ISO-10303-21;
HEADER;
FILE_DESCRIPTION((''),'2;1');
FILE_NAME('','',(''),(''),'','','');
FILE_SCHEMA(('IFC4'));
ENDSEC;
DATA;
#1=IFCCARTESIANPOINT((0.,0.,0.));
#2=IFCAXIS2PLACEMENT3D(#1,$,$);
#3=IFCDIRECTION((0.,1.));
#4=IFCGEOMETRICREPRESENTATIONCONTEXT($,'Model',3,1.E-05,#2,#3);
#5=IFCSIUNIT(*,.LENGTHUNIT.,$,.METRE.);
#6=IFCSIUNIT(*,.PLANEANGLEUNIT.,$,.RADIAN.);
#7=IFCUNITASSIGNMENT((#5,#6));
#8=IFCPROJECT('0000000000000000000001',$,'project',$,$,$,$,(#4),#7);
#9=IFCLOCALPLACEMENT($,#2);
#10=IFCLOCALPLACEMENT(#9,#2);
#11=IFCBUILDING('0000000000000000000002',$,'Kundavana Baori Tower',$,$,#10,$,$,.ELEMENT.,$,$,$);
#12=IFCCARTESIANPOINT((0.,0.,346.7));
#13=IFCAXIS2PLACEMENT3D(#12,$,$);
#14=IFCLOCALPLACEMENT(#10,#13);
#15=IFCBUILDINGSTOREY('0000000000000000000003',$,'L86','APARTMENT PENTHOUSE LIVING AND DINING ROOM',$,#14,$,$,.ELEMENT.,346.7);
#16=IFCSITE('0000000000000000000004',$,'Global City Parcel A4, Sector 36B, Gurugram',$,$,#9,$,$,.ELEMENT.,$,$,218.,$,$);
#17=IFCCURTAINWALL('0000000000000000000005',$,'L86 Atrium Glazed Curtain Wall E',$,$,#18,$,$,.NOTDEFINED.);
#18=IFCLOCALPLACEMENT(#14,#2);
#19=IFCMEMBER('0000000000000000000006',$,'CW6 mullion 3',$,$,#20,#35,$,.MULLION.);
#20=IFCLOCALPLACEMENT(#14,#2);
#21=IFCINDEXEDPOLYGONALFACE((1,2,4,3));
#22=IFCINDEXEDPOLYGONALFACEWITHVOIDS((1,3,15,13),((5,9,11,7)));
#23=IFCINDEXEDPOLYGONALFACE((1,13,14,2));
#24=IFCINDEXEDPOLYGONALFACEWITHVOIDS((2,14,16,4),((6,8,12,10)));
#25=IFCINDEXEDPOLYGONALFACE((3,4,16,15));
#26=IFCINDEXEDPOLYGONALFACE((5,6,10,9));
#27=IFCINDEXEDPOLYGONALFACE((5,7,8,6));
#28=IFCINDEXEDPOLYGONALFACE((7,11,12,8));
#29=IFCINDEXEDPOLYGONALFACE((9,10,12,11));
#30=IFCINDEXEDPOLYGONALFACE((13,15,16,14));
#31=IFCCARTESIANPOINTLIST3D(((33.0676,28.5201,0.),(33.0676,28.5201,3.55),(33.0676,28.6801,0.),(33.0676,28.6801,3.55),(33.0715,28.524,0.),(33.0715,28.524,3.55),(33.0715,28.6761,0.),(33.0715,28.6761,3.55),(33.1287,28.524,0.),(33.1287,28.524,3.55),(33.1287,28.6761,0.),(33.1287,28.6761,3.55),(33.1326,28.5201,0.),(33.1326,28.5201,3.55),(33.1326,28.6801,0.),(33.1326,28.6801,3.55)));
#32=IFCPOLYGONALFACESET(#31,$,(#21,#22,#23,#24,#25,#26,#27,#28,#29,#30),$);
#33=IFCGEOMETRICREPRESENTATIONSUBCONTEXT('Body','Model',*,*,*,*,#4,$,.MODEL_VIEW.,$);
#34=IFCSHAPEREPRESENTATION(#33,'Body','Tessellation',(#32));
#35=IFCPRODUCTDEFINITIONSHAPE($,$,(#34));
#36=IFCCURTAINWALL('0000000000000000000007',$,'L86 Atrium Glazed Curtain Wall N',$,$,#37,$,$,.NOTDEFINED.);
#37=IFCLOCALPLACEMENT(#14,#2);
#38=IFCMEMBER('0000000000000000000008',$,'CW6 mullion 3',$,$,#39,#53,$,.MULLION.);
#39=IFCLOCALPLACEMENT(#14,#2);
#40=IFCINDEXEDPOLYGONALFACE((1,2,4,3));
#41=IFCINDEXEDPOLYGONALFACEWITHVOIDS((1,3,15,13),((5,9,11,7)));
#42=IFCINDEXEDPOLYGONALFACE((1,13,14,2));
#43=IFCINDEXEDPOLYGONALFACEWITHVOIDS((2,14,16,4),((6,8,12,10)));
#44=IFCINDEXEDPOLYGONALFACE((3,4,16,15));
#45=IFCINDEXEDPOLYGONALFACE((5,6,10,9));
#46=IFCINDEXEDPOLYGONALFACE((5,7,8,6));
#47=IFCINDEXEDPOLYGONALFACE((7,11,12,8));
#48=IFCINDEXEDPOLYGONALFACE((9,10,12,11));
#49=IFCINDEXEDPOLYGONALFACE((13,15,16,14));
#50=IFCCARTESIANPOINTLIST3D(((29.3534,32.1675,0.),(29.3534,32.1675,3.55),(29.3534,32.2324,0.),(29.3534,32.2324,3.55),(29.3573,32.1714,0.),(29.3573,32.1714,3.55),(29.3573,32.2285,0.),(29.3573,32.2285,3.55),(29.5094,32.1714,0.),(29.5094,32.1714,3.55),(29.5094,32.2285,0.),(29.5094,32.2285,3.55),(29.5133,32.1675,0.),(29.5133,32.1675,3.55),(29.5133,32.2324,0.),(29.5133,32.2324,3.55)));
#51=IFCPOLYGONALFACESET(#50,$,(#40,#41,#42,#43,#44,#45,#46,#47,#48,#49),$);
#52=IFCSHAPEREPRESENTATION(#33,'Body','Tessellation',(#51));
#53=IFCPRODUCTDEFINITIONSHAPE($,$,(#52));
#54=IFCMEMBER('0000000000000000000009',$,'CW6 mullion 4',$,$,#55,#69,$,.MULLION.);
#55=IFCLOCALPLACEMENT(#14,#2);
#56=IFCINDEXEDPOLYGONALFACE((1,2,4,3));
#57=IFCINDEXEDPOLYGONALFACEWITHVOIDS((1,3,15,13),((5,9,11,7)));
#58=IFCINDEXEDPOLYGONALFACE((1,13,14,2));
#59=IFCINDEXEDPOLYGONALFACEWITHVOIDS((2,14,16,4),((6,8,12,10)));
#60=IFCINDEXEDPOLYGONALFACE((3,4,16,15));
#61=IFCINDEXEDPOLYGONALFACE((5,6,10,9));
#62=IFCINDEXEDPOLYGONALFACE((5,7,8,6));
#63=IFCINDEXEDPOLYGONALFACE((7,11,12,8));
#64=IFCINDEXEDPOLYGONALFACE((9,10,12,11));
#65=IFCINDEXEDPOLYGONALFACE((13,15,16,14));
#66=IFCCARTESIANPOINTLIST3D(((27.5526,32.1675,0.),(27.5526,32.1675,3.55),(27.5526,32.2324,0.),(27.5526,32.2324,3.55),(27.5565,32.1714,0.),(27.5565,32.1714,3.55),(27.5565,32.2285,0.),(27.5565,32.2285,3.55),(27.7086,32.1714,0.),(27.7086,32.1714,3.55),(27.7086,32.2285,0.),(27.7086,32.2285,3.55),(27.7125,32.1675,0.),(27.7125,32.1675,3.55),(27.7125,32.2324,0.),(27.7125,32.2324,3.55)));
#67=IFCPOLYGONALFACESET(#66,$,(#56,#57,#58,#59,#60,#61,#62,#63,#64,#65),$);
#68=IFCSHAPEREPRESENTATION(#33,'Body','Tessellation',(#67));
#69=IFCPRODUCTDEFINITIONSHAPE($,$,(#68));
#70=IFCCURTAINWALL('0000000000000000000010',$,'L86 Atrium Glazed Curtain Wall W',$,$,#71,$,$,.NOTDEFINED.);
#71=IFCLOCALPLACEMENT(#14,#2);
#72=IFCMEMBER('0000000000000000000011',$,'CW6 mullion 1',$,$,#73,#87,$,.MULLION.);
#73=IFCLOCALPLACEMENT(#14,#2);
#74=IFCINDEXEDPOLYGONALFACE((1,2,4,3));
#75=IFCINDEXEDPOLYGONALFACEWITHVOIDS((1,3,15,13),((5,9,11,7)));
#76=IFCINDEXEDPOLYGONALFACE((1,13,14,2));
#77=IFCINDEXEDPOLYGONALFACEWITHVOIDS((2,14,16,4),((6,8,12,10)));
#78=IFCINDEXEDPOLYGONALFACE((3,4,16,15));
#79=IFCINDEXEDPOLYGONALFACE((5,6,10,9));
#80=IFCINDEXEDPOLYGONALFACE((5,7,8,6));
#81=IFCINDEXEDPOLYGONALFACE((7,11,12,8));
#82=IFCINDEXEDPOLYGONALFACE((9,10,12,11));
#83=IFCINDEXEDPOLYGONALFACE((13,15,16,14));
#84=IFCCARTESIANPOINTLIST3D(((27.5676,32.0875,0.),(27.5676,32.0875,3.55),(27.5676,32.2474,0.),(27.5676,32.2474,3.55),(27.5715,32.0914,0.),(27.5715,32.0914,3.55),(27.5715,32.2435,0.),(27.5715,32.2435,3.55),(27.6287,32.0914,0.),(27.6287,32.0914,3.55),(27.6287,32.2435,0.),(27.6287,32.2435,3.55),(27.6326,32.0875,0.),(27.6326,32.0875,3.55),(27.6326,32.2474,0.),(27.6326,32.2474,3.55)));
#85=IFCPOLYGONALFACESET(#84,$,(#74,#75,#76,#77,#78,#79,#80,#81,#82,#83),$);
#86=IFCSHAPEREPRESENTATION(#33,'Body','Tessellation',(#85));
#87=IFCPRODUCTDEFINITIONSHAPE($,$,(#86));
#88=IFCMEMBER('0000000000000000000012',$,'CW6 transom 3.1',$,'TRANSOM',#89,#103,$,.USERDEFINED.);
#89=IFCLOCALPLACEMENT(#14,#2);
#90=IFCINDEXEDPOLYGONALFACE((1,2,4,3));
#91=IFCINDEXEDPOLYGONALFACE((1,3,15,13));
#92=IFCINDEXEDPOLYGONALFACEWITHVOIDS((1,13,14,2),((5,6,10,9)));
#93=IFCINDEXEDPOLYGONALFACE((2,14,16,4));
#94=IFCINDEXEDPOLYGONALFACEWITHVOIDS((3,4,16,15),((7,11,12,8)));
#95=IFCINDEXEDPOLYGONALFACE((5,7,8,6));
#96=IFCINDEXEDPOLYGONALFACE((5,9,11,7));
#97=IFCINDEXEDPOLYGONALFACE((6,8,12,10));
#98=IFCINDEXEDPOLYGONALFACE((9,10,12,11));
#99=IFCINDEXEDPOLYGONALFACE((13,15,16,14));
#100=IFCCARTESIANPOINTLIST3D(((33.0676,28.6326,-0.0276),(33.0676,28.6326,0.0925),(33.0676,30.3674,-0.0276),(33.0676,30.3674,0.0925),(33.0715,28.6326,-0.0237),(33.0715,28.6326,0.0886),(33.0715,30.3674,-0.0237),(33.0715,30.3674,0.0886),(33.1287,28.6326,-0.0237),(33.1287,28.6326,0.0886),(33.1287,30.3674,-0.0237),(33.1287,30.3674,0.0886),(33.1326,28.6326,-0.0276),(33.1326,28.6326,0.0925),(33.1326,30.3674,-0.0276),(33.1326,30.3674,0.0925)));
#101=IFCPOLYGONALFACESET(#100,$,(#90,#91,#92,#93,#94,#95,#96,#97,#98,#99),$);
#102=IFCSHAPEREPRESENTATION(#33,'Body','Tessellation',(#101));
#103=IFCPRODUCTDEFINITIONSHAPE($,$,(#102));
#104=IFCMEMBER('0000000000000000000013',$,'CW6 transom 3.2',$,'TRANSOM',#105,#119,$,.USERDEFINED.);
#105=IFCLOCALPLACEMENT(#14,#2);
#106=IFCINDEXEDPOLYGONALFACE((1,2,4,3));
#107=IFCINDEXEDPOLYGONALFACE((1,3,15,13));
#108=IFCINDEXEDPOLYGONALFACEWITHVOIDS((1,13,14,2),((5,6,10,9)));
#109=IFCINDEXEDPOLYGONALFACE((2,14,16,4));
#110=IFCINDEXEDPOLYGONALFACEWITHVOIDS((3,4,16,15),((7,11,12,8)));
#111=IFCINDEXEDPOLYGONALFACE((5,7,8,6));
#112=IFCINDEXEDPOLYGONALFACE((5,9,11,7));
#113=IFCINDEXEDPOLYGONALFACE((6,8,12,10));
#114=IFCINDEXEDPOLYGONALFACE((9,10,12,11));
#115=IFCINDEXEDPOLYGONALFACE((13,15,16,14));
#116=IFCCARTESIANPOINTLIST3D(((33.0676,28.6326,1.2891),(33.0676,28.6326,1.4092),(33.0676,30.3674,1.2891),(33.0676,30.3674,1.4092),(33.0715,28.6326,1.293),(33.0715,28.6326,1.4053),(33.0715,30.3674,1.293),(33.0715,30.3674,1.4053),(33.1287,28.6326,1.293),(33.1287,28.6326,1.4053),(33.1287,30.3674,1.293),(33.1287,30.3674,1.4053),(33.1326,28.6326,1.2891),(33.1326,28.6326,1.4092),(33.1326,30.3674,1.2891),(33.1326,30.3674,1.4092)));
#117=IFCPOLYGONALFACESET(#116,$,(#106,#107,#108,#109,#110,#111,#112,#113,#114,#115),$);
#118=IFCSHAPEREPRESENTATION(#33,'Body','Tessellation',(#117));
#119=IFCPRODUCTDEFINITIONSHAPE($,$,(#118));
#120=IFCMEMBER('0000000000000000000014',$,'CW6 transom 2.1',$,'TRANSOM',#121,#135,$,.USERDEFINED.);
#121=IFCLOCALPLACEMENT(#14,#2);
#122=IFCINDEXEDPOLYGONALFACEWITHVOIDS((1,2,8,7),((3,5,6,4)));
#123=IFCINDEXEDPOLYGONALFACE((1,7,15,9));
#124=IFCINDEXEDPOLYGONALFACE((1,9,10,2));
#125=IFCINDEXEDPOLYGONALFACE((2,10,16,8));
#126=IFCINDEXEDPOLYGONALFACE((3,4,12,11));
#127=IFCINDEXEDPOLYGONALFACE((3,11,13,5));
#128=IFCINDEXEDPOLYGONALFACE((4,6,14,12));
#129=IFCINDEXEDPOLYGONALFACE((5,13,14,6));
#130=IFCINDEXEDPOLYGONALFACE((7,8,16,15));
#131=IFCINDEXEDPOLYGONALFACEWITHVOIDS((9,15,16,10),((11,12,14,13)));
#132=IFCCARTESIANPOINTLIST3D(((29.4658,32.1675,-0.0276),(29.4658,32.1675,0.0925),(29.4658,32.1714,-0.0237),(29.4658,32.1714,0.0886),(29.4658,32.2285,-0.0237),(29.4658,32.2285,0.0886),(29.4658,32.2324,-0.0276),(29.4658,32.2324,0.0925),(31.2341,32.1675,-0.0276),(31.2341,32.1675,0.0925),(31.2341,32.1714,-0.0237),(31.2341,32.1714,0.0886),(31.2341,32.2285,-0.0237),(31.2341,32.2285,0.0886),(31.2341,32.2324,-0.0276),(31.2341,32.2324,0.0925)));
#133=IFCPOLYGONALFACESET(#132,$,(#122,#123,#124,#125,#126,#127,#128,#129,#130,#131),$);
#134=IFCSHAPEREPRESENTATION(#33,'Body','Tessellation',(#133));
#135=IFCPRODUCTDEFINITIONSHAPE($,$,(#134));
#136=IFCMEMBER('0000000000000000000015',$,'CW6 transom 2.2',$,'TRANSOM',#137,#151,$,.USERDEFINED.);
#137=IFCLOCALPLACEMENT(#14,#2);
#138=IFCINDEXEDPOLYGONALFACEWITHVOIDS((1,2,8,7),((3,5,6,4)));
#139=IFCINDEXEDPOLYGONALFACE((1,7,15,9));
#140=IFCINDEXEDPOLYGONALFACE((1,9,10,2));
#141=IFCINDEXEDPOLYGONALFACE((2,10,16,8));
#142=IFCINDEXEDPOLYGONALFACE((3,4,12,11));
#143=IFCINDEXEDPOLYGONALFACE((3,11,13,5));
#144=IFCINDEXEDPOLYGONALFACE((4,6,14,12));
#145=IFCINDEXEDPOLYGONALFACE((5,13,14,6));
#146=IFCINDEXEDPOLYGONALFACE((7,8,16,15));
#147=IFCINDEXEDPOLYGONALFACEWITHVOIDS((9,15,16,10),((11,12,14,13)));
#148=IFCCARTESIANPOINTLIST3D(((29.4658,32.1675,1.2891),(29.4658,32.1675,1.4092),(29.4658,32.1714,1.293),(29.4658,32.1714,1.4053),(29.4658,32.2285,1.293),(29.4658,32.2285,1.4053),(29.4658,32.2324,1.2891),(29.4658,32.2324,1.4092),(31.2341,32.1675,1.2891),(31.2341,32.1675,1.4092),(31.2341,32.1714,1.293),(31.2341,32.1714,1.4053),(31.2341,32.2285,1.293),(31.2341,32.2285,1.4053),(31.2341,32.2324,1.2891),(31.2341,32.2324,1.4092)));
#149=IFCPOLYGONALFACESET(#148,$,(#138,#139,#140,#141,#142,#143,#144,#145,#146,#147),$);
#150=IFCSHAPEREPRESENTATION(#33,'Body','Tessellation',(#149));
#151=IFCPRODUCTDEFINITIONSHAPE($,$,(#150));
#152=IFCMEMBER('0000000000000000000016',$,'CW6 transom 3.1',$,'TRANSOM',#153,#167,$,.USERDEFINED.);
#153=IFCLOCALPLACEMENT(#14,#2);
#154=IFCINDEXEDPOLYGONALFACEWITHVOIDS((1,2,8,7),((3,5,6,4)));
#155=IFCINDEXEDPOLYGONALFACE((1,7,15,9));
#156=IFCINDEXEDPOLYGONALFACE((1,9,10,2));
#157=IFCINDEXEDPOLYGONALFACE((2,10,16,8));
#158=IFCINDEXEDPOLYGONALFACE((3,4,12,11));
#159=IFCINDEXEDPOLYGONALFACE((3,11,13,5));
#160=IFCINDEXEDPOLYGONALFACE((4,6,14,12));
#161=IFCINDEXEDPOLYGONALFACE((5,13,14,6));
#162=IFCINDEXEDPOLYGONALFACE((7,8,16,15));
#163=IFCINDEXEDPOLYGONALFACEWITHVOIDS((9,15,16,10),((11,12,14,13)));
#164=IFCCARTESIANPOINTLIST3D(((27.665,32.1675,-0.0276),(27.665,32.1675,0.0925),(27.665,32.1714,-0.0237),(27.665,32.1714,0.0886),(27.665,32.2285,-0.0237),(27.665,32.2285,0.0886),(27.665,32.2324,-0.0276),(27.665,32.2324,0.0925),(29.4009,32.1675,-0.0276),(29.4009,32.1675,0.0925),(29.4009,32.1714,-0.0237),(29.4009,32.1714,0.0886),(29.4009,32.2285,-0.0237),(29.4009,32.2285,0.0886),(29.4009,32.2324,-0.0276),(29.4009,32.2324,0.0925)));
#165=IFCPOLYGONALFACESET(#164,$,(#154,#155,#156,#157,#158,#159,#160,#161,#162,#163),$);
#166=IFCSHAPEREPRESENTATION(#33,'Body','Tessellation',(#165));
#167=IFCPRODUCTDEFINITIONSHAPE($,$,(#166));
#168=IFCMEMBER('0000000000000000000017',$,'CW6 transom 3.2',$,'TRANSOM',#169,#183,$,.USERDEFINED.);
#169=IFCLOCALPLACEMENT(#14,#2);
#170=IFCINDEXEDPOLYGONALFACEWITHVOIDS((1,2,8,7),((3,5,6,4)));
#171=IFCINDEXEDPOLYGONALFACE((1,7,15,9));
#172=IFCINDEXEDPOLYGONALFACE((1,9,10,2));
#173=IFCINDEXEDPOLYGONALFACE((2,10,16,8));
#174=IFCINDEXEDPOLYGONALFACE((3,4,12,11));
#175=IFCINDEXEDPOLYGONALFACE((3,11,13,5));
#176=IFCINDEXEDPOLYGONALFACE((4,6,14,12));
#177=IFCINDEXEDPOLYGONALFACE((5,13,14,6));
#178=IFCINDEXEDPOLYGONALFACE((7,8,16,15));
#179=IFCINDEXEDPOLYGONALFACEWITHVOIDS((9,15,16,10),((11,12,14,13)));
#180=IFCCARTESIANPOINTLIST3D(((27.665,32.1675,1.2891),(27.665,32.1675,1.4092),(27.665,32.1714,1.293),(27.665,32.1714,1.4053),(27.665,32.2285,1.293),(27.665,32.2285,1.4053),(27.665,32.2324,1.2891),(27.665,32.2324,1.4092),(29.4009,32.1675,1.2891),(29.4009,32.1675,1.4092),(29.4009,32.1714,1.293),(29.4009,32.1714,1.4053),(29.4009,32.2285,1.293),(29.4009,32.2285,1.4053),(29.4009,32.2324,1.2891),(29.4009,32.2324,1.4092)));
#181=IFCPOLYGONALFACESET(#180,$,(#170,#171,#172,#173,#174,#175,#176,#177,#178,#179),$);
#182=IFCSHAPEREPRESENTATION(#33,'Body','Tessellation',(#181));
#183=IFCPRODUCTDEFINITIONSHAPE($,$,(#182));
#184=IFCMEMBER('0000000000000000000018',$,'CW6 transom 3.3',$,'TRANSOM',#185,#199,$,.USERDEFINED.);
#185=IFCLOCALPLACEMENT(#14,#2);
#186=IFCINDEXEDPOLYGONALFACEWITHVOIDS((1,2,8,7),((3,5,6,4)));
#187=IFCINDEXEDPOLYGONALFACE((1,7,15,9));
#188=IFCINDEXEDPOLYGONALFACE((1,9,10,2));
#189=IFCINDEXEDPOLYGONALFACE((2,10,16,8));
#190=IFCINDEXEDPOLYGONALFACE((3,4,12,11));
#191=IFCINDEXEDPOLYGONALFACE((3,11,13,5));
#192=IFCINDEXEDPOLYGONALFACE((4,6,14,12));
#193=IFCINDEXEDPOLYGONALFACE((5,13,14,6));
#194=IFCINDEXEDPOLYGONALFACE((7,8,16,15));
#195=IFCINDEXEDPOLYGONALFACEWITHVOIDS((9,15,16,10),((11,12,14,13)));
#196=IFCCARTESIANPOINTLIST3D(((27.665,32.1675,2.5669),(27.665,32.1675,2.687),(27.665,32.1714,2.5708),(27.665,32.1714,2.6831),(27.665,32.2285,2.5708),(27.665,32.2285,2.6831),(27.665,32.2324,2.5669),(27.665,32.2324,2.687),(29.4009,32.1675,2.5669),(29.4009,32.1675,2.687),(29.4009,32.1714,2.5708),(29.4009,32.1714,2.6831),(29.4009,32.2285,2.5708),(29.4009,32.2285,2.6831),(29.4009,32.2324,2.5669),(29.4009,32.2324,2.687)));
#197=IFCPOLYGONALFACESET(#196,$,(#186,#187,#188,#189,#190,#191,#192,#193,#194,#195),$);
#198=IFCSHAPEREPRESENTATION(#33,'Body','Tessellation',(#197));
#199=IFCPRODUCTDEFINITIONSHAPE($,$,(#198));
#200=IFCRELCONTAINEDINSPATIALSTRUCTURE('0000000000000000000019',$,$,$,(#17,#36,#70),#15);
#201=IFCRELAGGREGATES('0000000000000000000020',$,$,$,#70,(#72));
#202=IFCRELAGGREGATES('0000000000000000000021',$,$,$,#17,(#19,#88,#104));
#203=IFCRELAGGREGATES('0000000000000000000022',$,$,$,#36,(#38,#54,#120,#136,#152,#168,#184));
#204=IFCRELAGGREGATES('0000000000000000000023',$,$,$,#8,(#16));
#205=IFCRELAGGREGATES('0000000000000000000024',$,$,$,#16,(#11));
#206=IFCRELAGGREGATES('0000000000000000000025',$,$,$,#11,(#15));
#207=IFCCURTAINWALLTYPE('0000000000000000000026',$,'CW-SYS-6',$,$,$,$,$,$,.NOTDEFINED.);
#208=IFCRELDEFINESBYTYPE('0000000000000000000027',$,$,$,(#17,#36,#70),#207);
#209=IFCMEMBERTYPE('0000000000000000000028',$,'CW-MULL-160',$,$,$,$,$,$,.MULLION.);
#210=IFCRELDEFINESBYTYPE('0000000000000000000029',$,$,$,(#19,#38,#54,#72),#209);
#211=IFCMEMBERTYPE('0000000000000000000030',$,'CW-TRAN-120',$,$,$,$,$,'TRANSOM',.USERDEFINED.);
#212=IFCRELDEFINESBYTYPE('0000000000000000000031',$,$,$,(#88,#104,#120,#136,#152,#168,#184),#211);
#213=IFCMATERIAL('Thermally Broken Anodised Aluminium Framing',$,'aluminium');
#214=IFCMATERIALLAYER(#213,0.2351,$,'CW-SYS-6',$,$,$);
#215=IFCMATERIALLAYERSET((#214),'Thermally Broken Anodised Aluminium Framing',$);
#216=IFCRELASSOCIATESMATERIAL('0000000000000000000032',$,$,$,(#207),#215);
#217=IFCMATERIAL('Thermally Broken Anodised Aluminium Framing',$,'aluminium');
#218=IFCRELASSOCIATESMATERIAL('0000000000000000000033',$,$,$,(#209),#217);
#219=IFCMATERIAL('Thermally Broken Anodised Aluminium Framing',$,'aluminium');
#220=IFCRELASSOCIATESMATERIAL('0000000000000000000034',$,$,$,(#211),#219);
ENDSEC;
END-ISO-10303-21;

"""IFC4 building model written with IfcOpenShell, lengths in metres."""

from ifc_helpers import new_model, si_unit, direction, frame, origin, origin_2d, place, context, subcontext, project, spatial, hollow_rectangle, extrude, material, layer, layer_set, material_profile, profile_set, type_object, element, aggregate, save


model = new_model("IFC4")

# Units and contexts
model_context = context("Model", 3, precision=1e-05, world=origin(), true_north=direction((0.0, 1.0)))
body_context = subcontext(model_context, "Body", "Model", "MODEL_VIEW")
ifc_project = project(units=[si_unit("LENGTHUNIT", "METRE"), si_unit("PLANEANGLEUNIT", "RADIAN")], contexts=[model_context])

# Site, building, storey
site_placement = place(None, origin())
site = spatial("IfcSite", under=ifc_project, at=site_placement, Name="Global City Parcel A4, Sector 36B, Gurugram", CompositionType="ELEMENT", RefElevation=218.0)
building_placement = place(site_placement, origin())
building = spatial("IfcBuilding", under=site, at=building_placement, Name="Kundavana Baori Tower", CompositionType="ELEMENT")
storey_placement = place(building_placement, frame((0.0, 0.0, 346.7)))
storey = spatial("IfcBuildingStorey", under=building, at=storey_placement, Name="L86", Description="APARTMENT PENTHOUSE LIVING AND DINING ROOM", CompositionType="ELEMENT", Elevation=346.7)

# Curtain wall, member
ifc_material_1 = material(Name="Thermally Broken Anodised Aluminium Framing", Category="aluminium")
ifc_layer_1 = layer(ifc_material_1, 0.2351, Name="CW-SYS-6")
ifc_layer_set_1 = layer_set([ifc_layer_1], Name="Thermally Broken Anodised Aluminium Framing")
curtain_wall_type = type_object("IfcCurtainWallType", Name="CW-SYS-6", PredefinedType="NOTDEFINED", material=ifc_layer_set_1)
curtain_wall_1_placement = place(storey_placement, origin())
curtain_wall_1 = element("IfcCurtainWall", 1, at=curtain_wall_1_placement, inside=storey, type_object=curtain_wall_type, Name="L86 Atrium Glazed Curtain Wall E", PredefinedType="NOTDEFINED")
ifc_material_2 = material(Name="Thermally Broken Anodised Aluminium Framing", Category="aluminium")
ifc_material_profile_1 = material_profile(ifc_material_2, hollow_rectangle(XDim=0.0649, YDim=0.1599, WallThickness=0.0039, at=origin_2d()), Name="CW-MULL-160")
ifc_profile_set_1 = profile_set([ifc_material_profile_1], Name="Thermally Broken Anodised Aluminium Framing")
member_type_1 = type_object("IfcMemberType", Name="CW-MULL-160", PredefinedType="MULLION", material=ifc_profile_set_1)
member_1_placement = place(storey_placement, frame((33.1001, 28.6001, 0.0), z_axis=(0.0, 0.0, 1.0), x_axis=(-1.0, 0.0, 0.0)))
member_1 = element("IfcMember", 2, at=member_1_placement, type_object=member_type_1, Name="CW6 mullion 3", PredefinedType="MULLION", context=body_context, shape_type="SweptSolid", body=[
    extrude(hollow_rectangle(XDim=0.0649, YDim=0.1599, WallThickness=0.0039, at=origin_2d()), origin(), (0.0, 0.0, 1.0), 3.55),
])

# Curtain wall, members
curtain_wall_2_placement = place(storey_placement, origin())
curtain_wall_2 = element("IfcCurtainWall", 3, at=curtain_wall_2_placement, inside=storey, type_object=curtain_wall_type, Name="L86 Atrium Glazed Curtain Wall N", PredefinedType="NOTDEFINED")
member_2_placement = place(storey_placement, frame((29.4333, 32.2, 0.0), z_axis=(0.0, 0.0, 1.0), x_axis=(0.0, -1.0, 0.0)))
member_2 = element("IfcMember", 4, at=member_2_placement, type_object=member_type_1, Name="CW6 mullion 3", PredefinedType="MULLION", context=body_context, shape_type="SweptSolid", body=[
    extrude(hollow_rectangle(XDim=0.0649, YDim=0.1599, WallThickness=0.0039, at=origin_2d()), origin(), (0.0, 0.0, 1.0), 3.55),
])
member_3_placement = place(storey_placement, frame((27.6326, 32.2, 0.0), z_axis=(0.0, 0.0, 1.0), x_axis=(0.0, -1.0, 0.0)))
member_3 = element("IfcMember", 5, at=member_3_placement, type_object=member_type_1, Name="CW6 mullion 4", PredefinedType="MULLION", context=body_context, shape_type="SweptSolid", body=[
    extrude(hollow_rectangle(XDim=0.0649, YDim=0.1599, WallThickness=0.0039, at=origin_2d()), origin(), (0.0, 0.0, 1.0), 3.55),
])

# Curtain wall, member
curtain_wall_3_placement = place(storey_placement, origin())
curtain_wall_3 = element("IfcCurtainWall", 6, at=curtain_wall_3_placement, inside=storey, type_object=curtain_wall_type, Name="L86 Atrium Glazed Curtain Wall W", PredefinedType="NOTDEFINED")
member_4_placement = place(storey_placement, frame((27.6001, 32.1675, 0.0), z_axis=(0.0, 0.0, 1.0), x_axis=(1.0, 0.0, 0.0)))
member_4 = element("IfcMember", 7, at=member_4_placement, type_object=member_type_1, Name="CW6 mullion 1", PredefinedType="MULLION", context=body_context, shape_type="SweptSolid", body=[
    extrude(hollow_rectangle(XDim=0.0649, YDim=0.1599, WallThickness=0.0039, at=origin_2d()), origin(), (0.0, 0.0, 1.0), 3.55),
])

# Members
ifc_material_3 = material(Name="Thermally Broken Anodised Aluminium Framing", Category="aluminium")
ifc_material_profile_2 = material_profile(ifc_material_3, hollow_rectangle(XDim=0.0649, YDim=0.1201, WallThickness=0.0039, at=origin_2d()), Name="CW-TRAN-120")
ifc_profile_set_2 = profile_set([ifc_material_profile_2], Name="Thermally Broken Anodised Aluminium Framing")
member_type_2 = type_object("IfcMemberType", Name="CW-TRAN-120", ElementType="TRANSOM", PredefinedType="USERDEFINED", material=ifc_profile_set_2)
member_5_placement = place(storey_placement, frame((33.1001, 28.6326, 0.0325), z_axis=(0.0, 1.0, 0.0), x_axis=(-1.0, 0.0, 0.0)))
member_5 = element("IfcMember", 8, at=member_5_placement, type_object=member_type_2, Name="CW6 transom 3.1", ObjectType="TRANSOM", PredefinedType="USERDEFINED", context=body_context, shape_type="SweptSolid", body=[
    extrude(hollow_rectangle(XDim=0.0649, YDim=0.1201, WallThickness=0.0039, at=origin_2d()), origin(), (0.0, 0.0, 1.0), 1.7349),
])
member_6_placement = place(storey_placement, frame((33.1001, 28.6326, 1.3491), z_axis=(0.0, 1.0, 0.0), x_axis=(-1.0, 0.0, 0.0)))
member_6 = element("IfcMember", 9, at=member_6_placement, type_object=member_type_2, Name="CW6 transom 3.2", ObjectType="TRANSOM", PredefinedType="USERDEFINED", context=body_context, shape_type="SweptSolid", body=[
    extrude(hollow_rectangle(XDim=0.0649, YDim=0.1201, WallThickness=0.0039, at=origin_2d()), origin(), (0.0, 0.0, 1.0), 1.7349),
])
member_7_placement = place(storey_placement, frame((31.2341, 32.2, 0.0325), z_axis=(-1.0, 0.0, 0.0), x_axis=(0.0, -1.0, 0.0)))
member_7 = element("IfcMember", 10, at=member_7_placement, type_object=member_type_2, Name="CW6 transom 2.1", ObjectType="TRANSOM", PredefinedType="USERDEFINED", context=body_context, shape_type="SweptSolid", body=[
    extrude(hollow_rectangle(XDim=0.0649, YDim=0.1201, WallThickness=0.0039, at=origin_2d()), origin(), (0.0, 0.0, 1.0), 1.7683),
])
member_8_placement = place(storey_placement, frame((31.2341, 32.2, 1.3491), z_axis=(-1.0, 0.0, 0.0), x_axis=(0.0, -1.0, 0.0)))
member_8 = element("IfcMember", 11, at=member_8_placement, type_object=member_type_2, Name="CW6 transom 2.2", ObjectType="TRANSOM", PredefinedType="USERDEFINED", context=body_context, shape_type="SweptSolid", body=[
    extrude(hollow_rectangle(XDim=0.0649, YDim=0.1201, WallThickness=0.0039, at=origin_2d()), origin(), (0.0, 0.0, 1.0), 1.7683),
])
member_9_placement = place(storey_placement, frame((29.4009, 32.2, 0.0325), z_axis=(-1.0, 0.0, 0.0), x_axis=(0.0, -1.0, 0.0)))
member_9 = element("IfcMember", 12, at=member_9_placement, type_object=member_type_2, Name="CW6 transom 3.1", ObjectType="TRANSOM", PredefinedType="USERDEFINED", context=body_context, shape_type="SweptSolid", body=[
    extrude(hollow_rectangle(XDim=0.0649, YDim=0.1201, WallThickness=0.0039, at=origin_2d()), origin(), (0.0, 0.0, 1.0), 1.7358),
])
member_10_placement = place(storey_placement, frame((29.4009, 32.2, 1.3491), z_axis=(-1.0, 0.0, 0.0), x_axis=(0.0, -1.0, 0.0)))
member_10 = element("IfcMember", 13, at=member_10_placement, type_object=member_type_2, Name="CW6 transom 3.2", ObjectType="TRANSOM", PredefinedType="USERDEFINED", context=body_context, shape_type="SweptSolid", body=[
    extrude(hollow_rectangle(XDim=0.0649, YDim=0.1201, WallThickness=0.0039, at=origin_2d()), origin(), (0.0, 0.0, 1.0), 1.7358),
])
member_11_placement = place(storey_placement, frame((29.4009, 32.2, 2.627), z_axis=(-1.0, 0.0, 0.0), x_axis=(0.0, -1.0, 0.0)))
member_11 = element("IfcMember", 14, at=member_11_placement, type_object=member_type_2, Name="CW6 transom 3.3", ObjectType="TRANSOM", PredefinedType="USERDEFINED", context=body_context, shape_type="SweptSolid", body=[
    extrude(hollow_rectangle(XDim=0.0649, YDim=0.1201, WallThickness=0.0039, at=origin_2d()), origin(), (0.0, 0.0, 1.0), 1.7358),
])
aggregate(curtain_wall_3, [member_4])

aggregate(curtain_wall_1, [member_1, member_5, member_6])
aggregate(curtain_wall_2, [member_2, member_3, member_7, member_8, member_9, member_10, member_11])

save(model, "model.ifc")
